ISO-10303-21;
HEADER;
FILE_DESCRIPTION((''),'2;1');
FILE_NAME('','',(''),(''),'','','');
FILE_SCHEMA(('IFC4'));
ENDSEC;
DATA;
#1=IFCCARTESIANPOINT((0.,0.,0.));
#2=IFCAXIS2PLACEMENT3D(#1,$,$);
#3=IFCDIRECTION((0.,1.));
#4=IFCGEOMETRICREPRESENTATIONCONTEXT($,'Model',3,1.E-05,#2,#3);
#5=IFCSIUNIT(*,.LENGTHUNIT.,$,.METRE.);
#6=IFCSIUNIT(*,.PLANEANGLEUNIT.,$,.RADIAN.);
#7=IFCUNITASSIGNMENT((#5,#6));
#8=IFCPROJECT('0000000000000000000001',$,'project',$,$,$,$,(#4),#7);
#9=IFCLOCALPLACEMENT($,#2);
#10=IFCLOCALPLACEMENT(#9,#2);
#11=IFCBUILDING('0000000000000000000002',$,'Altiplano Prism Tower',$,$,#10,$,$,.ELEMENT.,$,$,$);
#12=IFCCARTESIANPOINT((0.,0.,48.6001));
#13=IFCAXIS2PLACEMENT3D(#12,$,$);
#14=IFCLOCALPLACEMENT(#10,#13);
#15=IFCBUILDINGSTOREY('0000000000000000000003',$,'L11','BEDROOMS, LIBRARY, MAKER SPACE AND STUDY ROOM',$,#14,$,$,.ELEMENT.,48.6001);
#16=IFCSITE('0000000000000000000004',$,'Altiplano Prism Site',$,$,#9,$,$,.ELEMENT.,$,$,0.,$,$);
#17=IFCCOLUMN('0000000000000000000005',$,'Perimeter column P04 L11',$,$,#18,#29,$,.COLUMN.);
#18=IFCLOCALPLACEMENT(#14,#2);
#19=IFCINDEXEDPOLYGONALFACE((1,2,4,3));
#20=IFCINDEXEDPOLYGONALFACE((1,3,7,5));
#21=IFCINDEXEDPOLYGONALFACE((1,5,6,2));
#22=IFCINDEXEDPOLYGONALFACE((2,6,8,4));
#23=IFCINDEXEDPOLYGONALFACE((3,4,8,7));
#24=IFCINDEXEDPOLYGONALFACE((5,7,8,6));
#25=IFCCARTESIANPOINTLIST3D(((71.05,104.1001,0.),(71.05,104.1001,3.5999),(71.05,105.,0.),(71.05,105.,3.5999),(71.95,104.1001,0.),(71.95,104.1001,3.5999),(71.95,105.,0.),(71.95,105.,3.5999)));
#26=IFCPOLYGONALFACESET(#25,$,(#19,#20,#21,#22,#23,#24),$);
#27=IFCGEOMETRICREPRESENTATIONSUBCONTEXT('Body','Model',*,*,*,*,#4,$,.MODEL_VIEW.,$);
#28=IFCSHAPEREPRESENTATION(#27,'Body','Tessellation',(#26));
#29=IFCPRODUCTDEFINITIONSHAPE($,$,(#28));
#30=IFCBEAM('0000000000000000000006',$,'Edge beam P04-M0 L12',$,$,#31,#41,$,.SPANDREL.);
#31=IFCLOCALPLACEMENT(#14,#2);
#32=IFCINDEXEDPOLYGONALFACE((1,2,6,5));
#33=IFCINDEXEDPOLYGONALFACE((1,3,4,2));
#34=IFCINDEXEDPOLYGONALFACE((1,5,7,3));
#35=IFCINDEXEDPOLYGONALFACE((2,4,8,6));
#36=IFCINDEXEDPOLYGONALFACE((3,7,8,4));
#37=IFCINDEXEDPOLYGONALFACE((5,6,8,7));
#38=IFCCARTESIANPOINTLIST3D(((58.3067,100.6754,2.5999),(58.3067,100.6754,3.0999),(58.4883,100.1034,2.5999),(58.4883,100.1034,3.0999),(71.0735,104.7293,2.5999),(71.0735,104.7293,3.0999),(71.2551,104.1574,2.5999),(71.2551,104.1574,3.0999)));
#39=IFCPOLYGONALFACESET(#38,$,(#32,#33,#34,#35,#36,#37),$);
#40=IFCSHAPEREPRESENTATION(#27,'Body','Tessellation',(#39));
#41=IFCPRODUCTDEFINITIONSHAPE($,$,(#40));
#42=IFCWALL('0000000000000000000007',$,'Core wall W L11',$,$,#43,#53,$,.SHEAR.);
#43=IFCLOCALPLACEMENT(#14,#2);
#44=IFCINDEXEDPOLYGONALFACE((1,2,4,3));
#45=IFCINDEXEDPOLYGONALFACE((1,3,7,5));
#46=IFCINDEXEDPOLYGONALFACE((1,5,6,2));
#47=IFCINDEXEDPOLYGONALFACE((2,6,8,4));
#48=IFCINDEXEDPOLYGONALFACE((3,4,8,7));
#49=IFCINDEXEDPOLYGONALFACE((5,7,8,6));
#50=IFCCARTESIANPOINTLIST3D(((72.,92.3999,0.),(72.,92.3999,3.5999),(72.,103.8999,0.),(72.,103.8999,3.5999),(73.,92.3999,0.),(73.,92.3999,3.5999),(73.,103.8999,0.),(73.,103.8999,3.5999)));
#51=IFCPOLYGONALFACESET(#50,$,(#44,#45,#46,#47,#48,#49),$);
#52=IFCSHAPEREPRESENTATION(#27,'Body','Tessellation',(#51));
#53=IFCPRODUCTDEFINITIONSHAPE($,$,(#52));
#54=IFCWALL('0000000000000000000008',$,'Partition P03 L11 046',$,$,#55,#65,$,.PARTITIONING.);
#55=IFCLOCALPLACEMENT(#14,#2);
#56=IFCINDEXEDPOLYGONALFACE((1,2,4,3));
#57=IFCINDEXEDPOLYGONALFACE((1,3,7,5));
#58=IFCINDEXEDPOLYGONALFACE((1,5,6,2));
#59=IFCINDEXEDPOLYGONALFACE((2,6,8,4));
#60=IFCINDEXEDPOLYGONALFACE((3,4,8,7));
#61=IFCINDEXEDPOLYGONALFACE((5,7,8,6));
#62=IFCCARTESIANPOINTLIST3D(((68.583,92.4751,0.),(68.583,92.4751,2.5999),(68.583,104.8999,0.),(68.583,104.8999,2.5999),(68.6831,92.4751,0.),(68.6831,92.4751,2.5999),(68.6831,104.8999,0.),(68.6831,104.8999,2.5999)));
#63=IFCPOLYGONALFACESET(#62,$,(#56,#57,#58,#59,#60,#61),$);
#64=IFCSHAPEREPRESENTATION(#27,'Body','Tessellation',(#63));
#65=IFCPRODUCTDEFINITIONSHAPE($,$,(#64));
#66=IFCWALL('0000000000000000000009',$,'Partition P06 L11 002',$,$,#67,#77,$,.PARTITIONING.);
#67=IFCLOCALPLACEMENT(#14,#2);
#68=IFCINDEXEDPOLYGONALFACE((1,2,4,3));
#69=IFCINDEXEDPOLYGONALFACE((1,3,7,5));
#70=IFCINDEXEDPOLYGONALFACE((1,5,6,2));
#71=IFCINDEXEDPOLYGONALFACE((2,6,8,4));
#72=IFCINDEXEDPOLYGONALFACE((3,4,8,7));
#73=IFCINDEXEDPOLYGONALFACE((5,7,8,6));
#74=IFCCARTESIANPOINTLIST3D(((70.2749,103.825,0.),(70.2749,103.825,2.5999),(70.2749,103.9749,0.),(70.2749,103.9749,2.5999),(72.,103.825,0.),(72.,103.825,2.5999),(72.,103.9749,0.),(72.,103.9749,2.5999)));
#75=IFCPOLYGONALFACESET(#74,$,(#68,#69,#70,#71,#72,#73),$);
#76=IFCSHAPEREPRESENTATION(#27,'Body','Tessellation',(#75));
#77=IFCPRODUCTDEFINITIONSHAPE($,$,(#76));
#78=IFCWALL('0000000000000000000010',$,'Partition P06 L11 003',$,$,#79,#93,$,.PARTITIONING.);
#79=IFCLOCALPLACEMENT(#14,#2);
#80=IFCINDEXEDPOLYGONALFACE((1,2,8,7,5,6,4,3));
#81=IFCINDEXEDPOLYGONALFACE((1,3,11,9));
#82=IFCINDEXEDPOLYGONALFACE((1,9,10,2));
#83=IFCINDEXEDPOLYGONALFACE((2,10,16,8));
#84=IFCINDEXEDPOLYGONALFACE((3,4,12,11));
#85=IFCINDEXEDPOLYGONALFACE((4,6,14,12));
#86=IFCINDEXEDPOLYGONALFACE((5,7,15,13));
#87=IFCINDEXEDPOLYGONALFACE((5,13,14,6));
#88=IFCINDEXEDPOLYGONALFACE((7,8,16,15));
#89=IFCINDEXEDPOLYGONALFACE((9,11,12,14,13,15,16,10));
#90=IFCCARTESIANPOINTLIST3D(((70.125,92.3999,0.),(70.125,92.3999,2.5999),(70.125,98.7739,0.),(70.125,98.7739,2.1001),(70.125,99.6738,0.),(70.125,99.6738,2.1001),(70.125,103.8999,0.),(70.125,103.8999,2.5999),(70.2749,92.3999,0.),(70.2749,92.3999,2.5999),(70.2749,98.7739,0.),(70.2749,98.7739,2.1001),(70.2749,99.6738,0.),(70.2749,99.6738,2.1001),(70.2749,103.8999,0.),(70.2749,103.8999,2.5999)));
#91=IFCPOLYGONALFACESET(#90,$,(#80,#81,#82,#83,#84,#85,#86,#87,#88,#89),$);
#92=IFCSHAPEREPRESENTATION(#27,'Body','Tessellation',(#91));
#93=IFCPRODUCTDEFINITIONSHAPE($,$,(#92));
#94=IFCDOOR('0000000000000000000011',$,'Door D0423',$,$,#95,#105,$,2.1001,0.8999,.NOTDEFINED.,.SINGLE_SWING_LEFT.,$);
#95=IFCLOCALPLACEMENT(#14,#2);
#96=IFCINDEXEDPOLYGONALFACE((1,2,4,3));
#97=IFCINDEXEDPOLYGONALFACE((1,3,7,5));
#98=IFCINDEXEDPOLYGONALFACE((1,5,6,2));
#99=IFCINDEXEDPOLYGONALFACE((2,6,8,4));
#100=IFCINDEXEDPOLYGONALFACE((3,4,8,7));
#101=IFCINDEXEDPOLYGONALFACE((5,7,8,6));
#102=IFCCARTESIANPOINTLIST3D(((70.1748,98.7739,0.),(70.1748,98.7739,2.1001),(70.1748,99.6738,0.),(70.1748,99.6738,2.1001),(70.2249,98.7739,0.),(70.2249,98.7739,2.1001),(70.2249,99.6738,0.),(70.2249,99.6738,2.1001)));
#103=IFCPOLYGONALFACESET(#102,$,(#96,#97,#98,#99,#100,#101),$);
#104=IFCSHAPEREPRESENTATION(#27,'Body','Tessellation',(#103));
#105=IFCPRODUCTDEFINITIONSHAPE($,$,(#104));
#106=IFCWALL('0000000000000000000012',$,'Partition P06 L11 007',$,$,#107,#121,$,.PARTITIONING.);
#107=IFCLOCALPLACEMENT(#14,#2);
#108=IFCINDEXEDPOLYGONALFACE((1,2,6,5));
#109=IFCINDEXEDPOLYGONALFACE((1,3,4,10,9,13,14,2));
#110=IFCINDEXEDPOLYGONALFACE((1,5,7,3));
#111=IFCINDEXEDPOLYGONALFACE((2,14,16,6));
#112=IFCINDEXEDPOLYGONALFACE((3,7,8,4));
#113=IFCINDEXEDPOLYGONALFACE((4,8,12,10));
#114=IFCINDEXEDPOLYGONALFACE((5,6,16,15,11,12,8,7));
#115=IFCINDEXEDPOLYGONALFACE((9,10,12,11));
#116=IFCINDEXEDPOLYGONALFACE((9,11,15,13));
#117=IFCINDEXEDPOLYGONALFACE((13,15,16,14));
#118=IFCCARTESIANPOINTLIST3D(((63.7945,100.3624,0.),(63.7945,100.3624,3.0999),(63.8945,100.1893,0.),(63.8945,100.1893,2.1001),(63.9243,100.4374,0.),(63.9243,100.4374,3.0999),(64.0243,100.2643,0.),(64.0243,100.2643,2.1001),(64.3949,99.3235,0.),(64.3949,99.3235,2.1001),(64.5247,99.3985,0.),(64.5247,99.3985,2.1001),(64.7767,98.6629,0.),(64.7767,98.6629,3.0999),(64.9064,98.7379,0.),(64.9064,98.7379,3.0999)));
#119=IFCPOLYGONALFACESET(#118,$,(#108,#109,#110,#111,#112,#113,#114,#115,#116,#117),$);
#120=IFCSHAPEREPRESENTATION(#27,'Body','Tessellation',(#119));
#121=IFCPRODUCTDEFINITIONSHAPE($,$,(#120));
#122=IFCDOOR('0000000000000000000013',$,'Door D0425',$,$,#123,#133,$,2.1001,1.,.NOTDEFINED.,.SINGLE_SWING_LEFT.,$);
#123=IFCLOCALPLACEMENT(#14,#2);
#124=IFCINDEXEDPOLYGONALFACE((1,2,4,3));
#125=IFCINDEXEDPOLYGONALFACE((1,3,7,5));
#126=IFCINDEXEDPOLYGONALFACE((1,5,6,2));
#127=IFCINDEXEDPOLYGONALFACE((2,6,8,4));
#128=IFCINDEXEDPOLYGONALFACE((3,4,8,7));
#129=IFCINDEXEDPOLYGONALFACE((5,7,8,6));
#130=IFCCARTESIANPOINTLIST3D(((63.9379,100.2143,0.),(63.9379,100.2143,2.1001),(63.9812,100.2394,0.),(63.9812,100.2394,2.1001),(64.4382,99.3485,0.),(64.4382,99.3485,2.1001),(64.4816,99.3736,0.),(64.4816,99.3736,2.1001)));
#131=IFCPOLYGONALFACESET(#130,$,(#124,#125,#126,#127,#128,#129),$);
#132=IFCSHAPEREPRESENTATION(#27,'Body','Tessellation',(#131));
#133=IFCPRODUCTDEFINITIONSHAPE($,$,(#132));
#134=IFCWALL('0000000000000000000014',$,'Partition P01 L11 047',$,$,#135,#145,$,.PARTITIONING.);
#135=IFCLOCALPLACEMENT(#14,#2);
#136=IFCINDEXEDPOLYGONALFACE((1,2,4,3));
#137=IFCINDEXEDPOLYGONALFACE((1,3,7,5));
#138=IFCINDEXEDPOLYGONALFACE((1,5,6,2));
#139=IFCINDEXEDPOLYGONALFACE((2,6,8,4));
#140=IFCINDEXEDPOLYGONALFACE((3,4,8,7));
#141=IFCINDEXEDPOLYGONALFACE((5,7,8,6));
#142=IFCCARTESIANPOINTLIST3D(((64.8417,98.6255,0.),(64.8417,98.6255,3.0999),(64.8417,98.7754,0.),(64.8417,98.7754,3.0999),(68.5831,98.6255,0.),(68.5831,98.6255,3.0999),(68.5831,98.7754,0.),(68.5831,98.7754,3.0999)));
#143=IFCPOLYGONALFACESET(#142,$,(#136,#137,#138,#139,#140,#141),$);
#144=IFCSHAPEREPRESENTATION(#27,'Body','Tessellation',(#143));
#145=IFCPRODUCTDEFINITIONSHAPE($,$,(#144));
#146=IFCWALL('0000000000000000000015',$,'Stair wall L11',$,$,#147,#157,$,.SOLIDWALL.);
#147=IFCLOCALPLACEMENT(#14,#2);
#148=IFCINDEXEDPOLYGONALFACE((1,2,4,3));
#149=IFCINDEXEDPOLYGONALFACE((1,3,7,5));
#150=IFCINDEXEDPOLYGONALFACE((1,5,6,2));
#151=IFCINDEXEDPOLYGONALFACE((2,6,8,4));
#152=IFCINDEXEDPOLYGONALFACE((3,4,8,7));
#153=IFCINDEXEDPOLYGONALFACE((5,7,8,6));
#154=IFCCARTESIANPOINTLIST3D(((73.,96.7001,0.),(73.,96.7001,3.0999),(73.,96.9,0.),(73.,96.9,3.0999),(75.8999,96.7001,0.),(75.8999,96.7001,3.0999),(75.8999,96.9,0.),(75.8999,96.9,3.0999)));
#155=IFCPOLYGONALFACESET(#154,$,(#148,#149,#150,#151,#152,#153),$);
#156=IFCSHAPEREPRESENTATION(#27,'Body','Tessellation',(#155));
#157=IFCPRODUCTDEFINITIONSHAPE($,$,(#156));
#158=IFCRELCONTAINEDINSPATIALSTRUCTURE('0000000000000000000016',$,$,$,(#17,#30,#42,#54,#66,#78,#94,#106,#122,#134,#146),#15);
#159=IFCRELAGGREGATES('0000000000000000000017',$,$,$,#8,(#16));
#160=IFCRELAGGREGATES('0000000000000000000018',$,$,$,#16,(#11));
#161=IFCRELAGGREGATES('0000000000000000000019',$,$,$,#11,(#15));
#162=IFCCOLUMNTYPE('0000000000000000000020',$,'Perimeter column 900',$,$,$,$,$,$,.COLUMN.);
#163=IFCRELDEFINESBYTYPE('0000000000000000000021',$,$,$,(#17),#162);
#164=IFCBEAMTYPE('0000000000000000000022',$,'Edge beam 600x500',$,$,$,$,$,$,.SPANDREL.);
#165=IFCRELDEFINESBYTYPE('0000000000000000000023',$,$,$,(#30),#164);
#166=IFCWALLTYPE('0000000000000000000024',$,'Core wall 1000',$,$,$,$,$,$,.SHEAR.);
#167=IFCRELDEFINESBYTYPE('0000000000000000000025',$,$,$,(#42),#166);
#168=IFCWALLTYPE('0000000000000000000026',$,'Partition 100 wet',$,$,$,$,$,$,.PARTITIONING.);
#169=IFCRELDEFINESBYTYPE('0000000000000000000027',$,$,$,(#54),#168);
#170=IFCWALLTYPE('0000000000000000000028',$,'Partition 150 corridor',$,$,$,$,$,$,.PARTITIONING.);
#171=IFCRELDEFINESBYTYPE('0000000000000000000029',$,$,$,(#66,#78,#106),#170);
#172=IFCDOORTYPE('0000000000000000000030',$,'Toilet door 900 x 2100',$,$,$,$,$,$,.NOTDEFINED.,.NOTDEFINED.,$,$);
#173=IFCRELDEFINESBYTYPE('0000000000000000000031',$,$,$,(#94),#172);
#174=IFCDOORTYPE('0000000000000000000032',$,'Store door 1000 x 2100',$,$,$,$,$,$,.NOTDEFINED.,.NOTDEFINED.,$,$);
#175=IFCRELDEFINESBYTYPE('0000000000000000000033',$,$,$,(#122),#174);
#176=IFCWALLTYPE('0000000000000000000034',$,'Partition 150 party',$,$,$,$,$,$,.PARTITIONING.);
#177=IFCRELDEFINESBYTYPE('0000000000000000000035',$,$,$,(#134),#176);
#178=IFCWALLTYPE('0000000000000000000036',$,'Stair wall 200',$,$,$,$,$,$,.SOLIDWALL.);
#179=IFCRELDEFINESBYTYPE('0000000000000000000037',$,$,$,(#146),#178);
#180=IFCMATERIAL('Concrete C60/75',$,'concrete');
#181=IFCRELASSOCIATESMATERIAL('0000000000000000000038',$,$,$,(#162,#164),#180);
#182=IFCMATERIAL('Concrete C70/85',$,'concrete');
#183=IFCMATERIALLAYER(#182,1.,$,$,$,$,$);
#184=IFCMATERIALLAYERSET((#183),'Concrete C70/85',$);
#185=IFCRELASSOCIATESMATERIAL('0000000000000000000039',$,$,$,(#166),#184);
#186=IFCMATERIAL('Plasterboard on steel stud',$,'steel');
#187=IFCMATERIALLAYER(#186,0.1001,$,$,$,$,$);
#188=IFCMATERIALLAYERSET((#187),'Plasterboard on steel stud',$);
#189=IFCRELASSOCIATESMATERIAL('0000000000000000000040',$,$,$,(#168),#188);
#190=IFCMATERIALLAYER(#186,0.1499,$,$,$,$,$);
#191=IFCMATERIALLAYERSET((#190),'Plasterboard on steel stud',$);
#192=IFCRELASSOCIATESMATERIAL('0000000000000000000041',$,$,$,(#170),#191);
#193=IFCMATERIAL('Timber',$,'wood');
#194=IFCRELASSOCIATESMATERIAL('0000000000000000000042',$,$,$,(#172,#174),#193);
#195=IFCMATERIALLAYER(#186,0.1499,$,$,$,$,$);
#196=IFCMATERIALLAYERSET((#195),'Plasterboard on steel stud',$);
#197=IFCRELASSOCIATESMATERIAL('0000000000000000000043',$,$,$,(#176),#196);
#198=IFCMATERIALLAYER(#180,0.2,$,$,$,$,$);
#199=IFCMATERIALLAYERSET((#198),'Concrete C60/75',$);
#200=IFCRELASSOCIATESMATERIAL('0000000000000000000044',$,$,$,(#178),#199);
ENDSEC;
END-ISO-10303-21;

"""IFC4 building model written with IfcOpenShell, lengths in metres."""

from ifc_helpers import new_model, si_unit, direction, frame, frame_2d, origin, origin_2d, place, context, subcontext, project, spatial, rectangle, extrude, material, layer, layer_set, material_profile, profile_set, type_object, element, fill, save


model = new_model("IFC4")

# Units and contexts
model_context = context("Model", 3, precision=1e-05, world=origin(), true_north=direction((0.0, 1.0)))
body_context = subcontext(model_context, "Body", "Model", "MODEL_VIEW")
ifc_project = project(units=[si_unit("LENGTHUNIT", "METRE"), si_unit("PLANEANGLEUNIT", "RADIAN")], contexts=[model_context])

# Site, building, storey
site_placement = place(None, origin())
site = spatial("IfcSite", under=ifc_project, at=site_placement, Name="Altiplano Prism Site", CompositionType="ELEMENT", RefElevation=0.0)
building_placement = place(site_placement, origin())
building = spatial("IfcBuilding", under=site, at=building_placement, Name="Altiplano Prism Tower", CompositionType="ELEMENT")
storey_placement = place(building_placement, frame((0.0, 0.0, 48.6001)))
storey = spatial("IfcBuildingStorey", under=building, at=storey_placement, Name="L11", Description="BEDROOMS, LIBRARY, MAKER SPACE AND STUDY ROOM", CompositionType="ELEMENT", Elevation=48.6001)

# Column
ifc_material_1 = material(Name="Concrete C60/75", Category="concrete")
ifc_material_profile_1 = material_profile(ifc_material_1, rectangle(XDim=0.8999, YDim=0.8999, at=origin_2d()), Name="Perimeter column 900")
ifc_profile_set_1 = profile_set([ifc_material_profile_1], Name="Concrete C60/75")
column_type = type_object("IfcColumnType", Name="Perimeter column 900", PredefinedType="COLUMN", material=ifc_profile_set_1)
column_placement = place(storey_placement, frame((71.5, 104.55, 0.0), z_axis=(0.0, 0.0, 1.0), x_axis=(1.0, 0.0, 0.0)))
element("IfcColumn", 1, at=column_placement, inside=storey, type_object=column_type, Name="Perimeter column P04 L11", PredefinedType="COLUMN", context=body_context, shape_type="SweptSolid", body=[
    extrude(rectangle(XDim=0.8999, YDim=0.8999, at=origin_2d()), origin(), (0.0, 0.0, 1.0), 3.5999),
])

# Beam
ifc_material_profile_2 = material_profile(ifc_material_1, rectangle(XDim=0.6001, YDim=0.5, at=origin_2d()), Name="Edge beam 600x500")
ifc_profile_set_2 = profile_set([ifc_material_profile_2], Name="Concrete C60/75")
beam_type = type_object("IfcBeamType", Name="Edge beam 600x500", PredefinedType="SPANDREL", material=ifc_profile_set_2)
beam_placement = place(storey_placement, frame((71.1643, 104.4434, 2.8499), z_axis=(-0.953103, -0.302646, 0.0), x_axis=(0.302646, -0.953103, 0.0)))
element("IfcBeam", 2, at=beam_placement, inside=storey, type_object=beam_type, Name="Edge beam P04-M0 L12", PredefinedType="SPANDREL", context=body_context, shape_type="SweptSolid", body=[
    extrude(rectangle(XDim=0.6001, YDim=0.5, at=origin_2d()), origin(), (0.0, 0.0, 1.0), 13.395),
])

# Walls
ifc_material_2 = material(Name="Concrete C70/85", Category="concrete")
ifc_layer_1 = layer(ifc_material_2, 1.0)
ifc_layer_set_1 = layer_set([ifc_layer_1], Name="Concrete C70/85")
wall_type_1 = type_object("IfcWallType", Name="Core wall 1000", PredefinedType="SHEAR", material=ifc_layer_set_1)
wall_1_placement = place(storey_placement, frame((72.5, 103.8999, 0.0), z_axis=(0.0, 0.0, 1.0), x_axis=(0.0, -1.0, 0.0)))
element("IfcWall", 3, at=wall_1_placement, inside=storey, type_object=wall_type_1, Name="Core wall W L11", PredefinedType="SHEAR", context=body_context, shape_type="SweptSolid", body=[
    extrude(rectangle(XDim=11.5, YDim=1.0, at=frame_2d((5.75, 0.0))), origin(), (0.0, 0.0, 1.0), 3.5999),
])
ifc_material_3 = material(Name="Plasterboard on steel stud", Category="steel")
ifc_layer_2 = layer(ifc_material_3, 0.1001)
ifc_layer_set_2 = layer_set([ifc_layer_2], Name="Plasterboard on steel stud")
wall_type_2 = type_object("IfcWallType", Name="Partition 100 wet", PredefinedType="PARTITIONING", material=ifc_layer_set_2)
wall_2_placement = place(storey_placement, frame((68.6331, 104.8999, 0.0), z_axis=(0.0, 0.0, 1.0), x_axis=(0.0, -1.0, 0.0)))
element("IfcWall", 4, at=wall_2_placement, inside=storey, type_object=wall_type_2, Name="Partition P03 L11 046", PredefinedType="PARTITIONING", context=body_context, shape_type="SweptSolid", body=[
    extrude(rectangle(XDim=12.4248, YDim=0.1001, at=frame_2d((6.2124, 0.0))), origin(), (0.0, 0.0, 1.0), 2.5999),
])
ifc_layer_3 = layer(ifc_material_3, 0.1499)
ifc_layer_set_3 = layer_set([ifc_layer_3], Name="Plasterboard on steel stud")
wall_type_3 = type_object("IfcWallType", Name="Partition 150 corridor", PredefinedType="PARTITIONING", material=ifc_layer_set_3)
wall_3_placement = place(storey_placement, frame((72.0, 103.8999, 0.0), z_axis=(0.0, 0.0, 1.0), x_axis=(-1.0, 0.0, 0.0)))
element("IfcWall", 5, at=wall_3_placement, inside=storey, type_object=wall_type_3, Name="Partition P06 L11 002", PredefinedType="PARTITIONING", context=body_context, shape_type="SweptSolid", body=[
    extrude(rectangle(XDim=1.7251, YDim=0.1499, at=frame_2d((0.8625, 0.0))), origin(), (0.0, 0.0, 1.0), 2.5999),
])

# Walls, openings, doors
wall_4_placement = place(storey_placement, frame((70.2, 103.8999, 0.0), z_axis=(0.0, 0.0, 1.0), x_axis=(0.0, -1.0, 0.0)))
wall_4 = element("IfcWall", 6, at=wall_4_placement, inside=storey, type_object=wall_type_3, Name="Partition P06 L11 003", PredefinedType="PARTITIONING", context=body_context, shape_type="SweptSolid", body=[
    extrude(rectangle(XDim=11.5, YDim=0.1499, at=frame_2d((5.75, 0.0))), origin(), (0.0, 0.0, 1.0), 2.5999),
])
opening_1_placement = place(wall_4_placement, frame((4.2261, 0.0, 0.0)))
opening_1 = element("IfcOpeningElement", 7, at=opening_1_placement, cuts=wall_4, PredefinedType="OPENING", context=body_context, shape_type="SweptSolid", body=[
    extrude(rectangle(XDim=0.8999, YDim=2.1001, at=frame_2d((0.45, 1.05))), frame((0.0, 0.0854, 0.0), z_axis=(0.0, -1.0, 0.0), x_axis=(1.0, 0.0, 0.0)), (0.0, 0.0, 1.0), 0.1709),
])
ifc_material_4 = material(Name="Timber", Category="wood")
door_type_1 = type_object("IfcDoorType", Name="Toilet door 900 x 2100", OperationType="NOTDEFINED", PredefinedType="NOTDEFINED", material=ifc_material_4)
door_1_placement = place(opening_1_placement, origin())
door_1 = element("IfcDoor", 8, at=door_1_placement, inside=storey, type_object=door_type_1, Name="Door D0423", OperationType="SINGLE_SWING_LEFT", OverallHeight=2.1001, OverallWidth=0.8999, PredefinedType="NOTDEFINED", context=body_context, shape_type="SweptSolid", body=[
    extrude(rectangle(XDim=0.8999, YDim=2.1001, at=frame_2d((0.45, 1.05))), frame((0.0, 0.0249, 0.0), z_axis=(0.0, -1.0, 0.0), x_axis=(1.0, 0.0, 0.0)), (0.0, 0.0, 1.0), 0.05),
])
fill(opening_1, door_1)
wall_5_placement = place(storey_placement, frame((64.8416, 98.7004, 0.0), z_axis=(0.0, 0.0, 1.0), x_axis=(-0.500379, 0.865806, 0.0)))
wall_5 = element("IfcWall", 9, at=wall_5_placement, inside=storey, type_object=wall_type_3, Name="Partition P06 L11 007", PredefinedType="PARTITIONING", context=body_context, shape_type="SweptSolid", body=[
    extrude(rectangle(XDim=1.9629, YDim=0.1499, at=frame_2d((0.9814, 0.0))), origin(), (0.0, 0.0, 1.0), 3.0999),
])
opening_2_placement = place(wall_5_placement, frame((0.7629, 0.0, 0.0)))
opening_2 = element("IfcOpeningElement", 10, at=opening_2_placement, cuts=wall_5, PredefinedType="OPENING", context=body_context, shape_type="SweptSolid", body=[
    extrude(rectangle(XDim=1.0, YDim=2.1001, at=frame_2d((0.5, 1.05))), frame((0.0, 0.0854, 0.0), z_axis=(0.0, -1.0, 0.0), x_axis=(1.0, 0.0, 0.0)), (0.0, 0.0, 1.0), 0.1709),
])
door_type_2 = type_object("IfcDoorType", Name="Store door 1000 x 2100", OperationType="NOTDEFINED", PredefinedType="NOTDEFINED", material=ifc_material_4)
door_2_placement = place(opening_2_placement, origin())
door_2 = element("IfcDoor", 11, at=door_2_placement, inside=storey, type_object=door_type_2, Name="Door D0425", OperationType="SINGLE_SWING_LEFT", OverallHeight=2.1001, OverallWidth=1.0, PredefinedType="NOTDEFINED", context=body_context, shape_type="SweptSolid", body=[
    extrude(rectangle(XDim=1.0, YDim=2.1001, at=frame_2d((0.5, 1.05))), frame((0.0, 0.0249, 0.0), z_axis=(0.0, -1.0, 0.0), x_axis=(1.0, 0.0, 0.0)), (0.0, 0.0, 1.0), 0.05),
])
fill(opening_2, door_2)

# Walls
ifc_layer_4 = layer(ifc_material_3, 0.1499)
ifc_layer_set_4 = layer_set([ifc_layer_4], Name="Plasterboard on steel stud")
wall_type_4 = type_object("IfcWallType", Name="Partition 150 party", PredefinedType="PARTITIONING", material=ifc_layer_set_4)
wall_6_placement = place(storey_placement, frame((68.583, 98.7004, 0.0), z_axis=(0.0, 0.0, 1.0), x_axis=(-1.0, 0.0, 0.0)))
element("IfcWall", 12, at=wall_6_placement, inside=storey, type_object=wall_type_4, Name="Partition P01 L11 047", PredefinedType="PARTITIONING", context=body_context, shape_type="SweptSolid", body=[
    extrude(rectangle(XDim=3.7415, YDim=0.1499, at=frame_2d((1.8706, 0.0))), origin(), (0.0, 0.0, 1.0), 3.0999),
])
ifc_layer_5 = layer(ifc_material_1, 0.2)
ifc_layer_set_5 = layer_set([ifc_layer_5], Name="Concrete C60/75")
wall_type_5 = type_object("IfcWallType", Name="Stair wall 200", PredefinedType="SOLIDWALL", material=ifc_layer_set_5)
wall_7_placement = place(storey_placement, frame((73.0, 96.8, 0.0), z_axis=(0.0, 0.0, 1.0), x_axis=(1.0, 0.0, 0.0)))
element("IfcWall", 13, at=wall_7_placement, inside=storey, type_object=wall_type_5, Name="Stair wall L11", PredefinedType="SOLIDWALL", context=body_context, shape_type="SweptSolid", body=[
    extrude(rectangle(XDim=2.8999, YDim=0.2, at=frame_2d((1.45, 0.0))), origin(), (0.0, 0.0, 1.0), 3.0999),
])

save(model, "model.ifc")
